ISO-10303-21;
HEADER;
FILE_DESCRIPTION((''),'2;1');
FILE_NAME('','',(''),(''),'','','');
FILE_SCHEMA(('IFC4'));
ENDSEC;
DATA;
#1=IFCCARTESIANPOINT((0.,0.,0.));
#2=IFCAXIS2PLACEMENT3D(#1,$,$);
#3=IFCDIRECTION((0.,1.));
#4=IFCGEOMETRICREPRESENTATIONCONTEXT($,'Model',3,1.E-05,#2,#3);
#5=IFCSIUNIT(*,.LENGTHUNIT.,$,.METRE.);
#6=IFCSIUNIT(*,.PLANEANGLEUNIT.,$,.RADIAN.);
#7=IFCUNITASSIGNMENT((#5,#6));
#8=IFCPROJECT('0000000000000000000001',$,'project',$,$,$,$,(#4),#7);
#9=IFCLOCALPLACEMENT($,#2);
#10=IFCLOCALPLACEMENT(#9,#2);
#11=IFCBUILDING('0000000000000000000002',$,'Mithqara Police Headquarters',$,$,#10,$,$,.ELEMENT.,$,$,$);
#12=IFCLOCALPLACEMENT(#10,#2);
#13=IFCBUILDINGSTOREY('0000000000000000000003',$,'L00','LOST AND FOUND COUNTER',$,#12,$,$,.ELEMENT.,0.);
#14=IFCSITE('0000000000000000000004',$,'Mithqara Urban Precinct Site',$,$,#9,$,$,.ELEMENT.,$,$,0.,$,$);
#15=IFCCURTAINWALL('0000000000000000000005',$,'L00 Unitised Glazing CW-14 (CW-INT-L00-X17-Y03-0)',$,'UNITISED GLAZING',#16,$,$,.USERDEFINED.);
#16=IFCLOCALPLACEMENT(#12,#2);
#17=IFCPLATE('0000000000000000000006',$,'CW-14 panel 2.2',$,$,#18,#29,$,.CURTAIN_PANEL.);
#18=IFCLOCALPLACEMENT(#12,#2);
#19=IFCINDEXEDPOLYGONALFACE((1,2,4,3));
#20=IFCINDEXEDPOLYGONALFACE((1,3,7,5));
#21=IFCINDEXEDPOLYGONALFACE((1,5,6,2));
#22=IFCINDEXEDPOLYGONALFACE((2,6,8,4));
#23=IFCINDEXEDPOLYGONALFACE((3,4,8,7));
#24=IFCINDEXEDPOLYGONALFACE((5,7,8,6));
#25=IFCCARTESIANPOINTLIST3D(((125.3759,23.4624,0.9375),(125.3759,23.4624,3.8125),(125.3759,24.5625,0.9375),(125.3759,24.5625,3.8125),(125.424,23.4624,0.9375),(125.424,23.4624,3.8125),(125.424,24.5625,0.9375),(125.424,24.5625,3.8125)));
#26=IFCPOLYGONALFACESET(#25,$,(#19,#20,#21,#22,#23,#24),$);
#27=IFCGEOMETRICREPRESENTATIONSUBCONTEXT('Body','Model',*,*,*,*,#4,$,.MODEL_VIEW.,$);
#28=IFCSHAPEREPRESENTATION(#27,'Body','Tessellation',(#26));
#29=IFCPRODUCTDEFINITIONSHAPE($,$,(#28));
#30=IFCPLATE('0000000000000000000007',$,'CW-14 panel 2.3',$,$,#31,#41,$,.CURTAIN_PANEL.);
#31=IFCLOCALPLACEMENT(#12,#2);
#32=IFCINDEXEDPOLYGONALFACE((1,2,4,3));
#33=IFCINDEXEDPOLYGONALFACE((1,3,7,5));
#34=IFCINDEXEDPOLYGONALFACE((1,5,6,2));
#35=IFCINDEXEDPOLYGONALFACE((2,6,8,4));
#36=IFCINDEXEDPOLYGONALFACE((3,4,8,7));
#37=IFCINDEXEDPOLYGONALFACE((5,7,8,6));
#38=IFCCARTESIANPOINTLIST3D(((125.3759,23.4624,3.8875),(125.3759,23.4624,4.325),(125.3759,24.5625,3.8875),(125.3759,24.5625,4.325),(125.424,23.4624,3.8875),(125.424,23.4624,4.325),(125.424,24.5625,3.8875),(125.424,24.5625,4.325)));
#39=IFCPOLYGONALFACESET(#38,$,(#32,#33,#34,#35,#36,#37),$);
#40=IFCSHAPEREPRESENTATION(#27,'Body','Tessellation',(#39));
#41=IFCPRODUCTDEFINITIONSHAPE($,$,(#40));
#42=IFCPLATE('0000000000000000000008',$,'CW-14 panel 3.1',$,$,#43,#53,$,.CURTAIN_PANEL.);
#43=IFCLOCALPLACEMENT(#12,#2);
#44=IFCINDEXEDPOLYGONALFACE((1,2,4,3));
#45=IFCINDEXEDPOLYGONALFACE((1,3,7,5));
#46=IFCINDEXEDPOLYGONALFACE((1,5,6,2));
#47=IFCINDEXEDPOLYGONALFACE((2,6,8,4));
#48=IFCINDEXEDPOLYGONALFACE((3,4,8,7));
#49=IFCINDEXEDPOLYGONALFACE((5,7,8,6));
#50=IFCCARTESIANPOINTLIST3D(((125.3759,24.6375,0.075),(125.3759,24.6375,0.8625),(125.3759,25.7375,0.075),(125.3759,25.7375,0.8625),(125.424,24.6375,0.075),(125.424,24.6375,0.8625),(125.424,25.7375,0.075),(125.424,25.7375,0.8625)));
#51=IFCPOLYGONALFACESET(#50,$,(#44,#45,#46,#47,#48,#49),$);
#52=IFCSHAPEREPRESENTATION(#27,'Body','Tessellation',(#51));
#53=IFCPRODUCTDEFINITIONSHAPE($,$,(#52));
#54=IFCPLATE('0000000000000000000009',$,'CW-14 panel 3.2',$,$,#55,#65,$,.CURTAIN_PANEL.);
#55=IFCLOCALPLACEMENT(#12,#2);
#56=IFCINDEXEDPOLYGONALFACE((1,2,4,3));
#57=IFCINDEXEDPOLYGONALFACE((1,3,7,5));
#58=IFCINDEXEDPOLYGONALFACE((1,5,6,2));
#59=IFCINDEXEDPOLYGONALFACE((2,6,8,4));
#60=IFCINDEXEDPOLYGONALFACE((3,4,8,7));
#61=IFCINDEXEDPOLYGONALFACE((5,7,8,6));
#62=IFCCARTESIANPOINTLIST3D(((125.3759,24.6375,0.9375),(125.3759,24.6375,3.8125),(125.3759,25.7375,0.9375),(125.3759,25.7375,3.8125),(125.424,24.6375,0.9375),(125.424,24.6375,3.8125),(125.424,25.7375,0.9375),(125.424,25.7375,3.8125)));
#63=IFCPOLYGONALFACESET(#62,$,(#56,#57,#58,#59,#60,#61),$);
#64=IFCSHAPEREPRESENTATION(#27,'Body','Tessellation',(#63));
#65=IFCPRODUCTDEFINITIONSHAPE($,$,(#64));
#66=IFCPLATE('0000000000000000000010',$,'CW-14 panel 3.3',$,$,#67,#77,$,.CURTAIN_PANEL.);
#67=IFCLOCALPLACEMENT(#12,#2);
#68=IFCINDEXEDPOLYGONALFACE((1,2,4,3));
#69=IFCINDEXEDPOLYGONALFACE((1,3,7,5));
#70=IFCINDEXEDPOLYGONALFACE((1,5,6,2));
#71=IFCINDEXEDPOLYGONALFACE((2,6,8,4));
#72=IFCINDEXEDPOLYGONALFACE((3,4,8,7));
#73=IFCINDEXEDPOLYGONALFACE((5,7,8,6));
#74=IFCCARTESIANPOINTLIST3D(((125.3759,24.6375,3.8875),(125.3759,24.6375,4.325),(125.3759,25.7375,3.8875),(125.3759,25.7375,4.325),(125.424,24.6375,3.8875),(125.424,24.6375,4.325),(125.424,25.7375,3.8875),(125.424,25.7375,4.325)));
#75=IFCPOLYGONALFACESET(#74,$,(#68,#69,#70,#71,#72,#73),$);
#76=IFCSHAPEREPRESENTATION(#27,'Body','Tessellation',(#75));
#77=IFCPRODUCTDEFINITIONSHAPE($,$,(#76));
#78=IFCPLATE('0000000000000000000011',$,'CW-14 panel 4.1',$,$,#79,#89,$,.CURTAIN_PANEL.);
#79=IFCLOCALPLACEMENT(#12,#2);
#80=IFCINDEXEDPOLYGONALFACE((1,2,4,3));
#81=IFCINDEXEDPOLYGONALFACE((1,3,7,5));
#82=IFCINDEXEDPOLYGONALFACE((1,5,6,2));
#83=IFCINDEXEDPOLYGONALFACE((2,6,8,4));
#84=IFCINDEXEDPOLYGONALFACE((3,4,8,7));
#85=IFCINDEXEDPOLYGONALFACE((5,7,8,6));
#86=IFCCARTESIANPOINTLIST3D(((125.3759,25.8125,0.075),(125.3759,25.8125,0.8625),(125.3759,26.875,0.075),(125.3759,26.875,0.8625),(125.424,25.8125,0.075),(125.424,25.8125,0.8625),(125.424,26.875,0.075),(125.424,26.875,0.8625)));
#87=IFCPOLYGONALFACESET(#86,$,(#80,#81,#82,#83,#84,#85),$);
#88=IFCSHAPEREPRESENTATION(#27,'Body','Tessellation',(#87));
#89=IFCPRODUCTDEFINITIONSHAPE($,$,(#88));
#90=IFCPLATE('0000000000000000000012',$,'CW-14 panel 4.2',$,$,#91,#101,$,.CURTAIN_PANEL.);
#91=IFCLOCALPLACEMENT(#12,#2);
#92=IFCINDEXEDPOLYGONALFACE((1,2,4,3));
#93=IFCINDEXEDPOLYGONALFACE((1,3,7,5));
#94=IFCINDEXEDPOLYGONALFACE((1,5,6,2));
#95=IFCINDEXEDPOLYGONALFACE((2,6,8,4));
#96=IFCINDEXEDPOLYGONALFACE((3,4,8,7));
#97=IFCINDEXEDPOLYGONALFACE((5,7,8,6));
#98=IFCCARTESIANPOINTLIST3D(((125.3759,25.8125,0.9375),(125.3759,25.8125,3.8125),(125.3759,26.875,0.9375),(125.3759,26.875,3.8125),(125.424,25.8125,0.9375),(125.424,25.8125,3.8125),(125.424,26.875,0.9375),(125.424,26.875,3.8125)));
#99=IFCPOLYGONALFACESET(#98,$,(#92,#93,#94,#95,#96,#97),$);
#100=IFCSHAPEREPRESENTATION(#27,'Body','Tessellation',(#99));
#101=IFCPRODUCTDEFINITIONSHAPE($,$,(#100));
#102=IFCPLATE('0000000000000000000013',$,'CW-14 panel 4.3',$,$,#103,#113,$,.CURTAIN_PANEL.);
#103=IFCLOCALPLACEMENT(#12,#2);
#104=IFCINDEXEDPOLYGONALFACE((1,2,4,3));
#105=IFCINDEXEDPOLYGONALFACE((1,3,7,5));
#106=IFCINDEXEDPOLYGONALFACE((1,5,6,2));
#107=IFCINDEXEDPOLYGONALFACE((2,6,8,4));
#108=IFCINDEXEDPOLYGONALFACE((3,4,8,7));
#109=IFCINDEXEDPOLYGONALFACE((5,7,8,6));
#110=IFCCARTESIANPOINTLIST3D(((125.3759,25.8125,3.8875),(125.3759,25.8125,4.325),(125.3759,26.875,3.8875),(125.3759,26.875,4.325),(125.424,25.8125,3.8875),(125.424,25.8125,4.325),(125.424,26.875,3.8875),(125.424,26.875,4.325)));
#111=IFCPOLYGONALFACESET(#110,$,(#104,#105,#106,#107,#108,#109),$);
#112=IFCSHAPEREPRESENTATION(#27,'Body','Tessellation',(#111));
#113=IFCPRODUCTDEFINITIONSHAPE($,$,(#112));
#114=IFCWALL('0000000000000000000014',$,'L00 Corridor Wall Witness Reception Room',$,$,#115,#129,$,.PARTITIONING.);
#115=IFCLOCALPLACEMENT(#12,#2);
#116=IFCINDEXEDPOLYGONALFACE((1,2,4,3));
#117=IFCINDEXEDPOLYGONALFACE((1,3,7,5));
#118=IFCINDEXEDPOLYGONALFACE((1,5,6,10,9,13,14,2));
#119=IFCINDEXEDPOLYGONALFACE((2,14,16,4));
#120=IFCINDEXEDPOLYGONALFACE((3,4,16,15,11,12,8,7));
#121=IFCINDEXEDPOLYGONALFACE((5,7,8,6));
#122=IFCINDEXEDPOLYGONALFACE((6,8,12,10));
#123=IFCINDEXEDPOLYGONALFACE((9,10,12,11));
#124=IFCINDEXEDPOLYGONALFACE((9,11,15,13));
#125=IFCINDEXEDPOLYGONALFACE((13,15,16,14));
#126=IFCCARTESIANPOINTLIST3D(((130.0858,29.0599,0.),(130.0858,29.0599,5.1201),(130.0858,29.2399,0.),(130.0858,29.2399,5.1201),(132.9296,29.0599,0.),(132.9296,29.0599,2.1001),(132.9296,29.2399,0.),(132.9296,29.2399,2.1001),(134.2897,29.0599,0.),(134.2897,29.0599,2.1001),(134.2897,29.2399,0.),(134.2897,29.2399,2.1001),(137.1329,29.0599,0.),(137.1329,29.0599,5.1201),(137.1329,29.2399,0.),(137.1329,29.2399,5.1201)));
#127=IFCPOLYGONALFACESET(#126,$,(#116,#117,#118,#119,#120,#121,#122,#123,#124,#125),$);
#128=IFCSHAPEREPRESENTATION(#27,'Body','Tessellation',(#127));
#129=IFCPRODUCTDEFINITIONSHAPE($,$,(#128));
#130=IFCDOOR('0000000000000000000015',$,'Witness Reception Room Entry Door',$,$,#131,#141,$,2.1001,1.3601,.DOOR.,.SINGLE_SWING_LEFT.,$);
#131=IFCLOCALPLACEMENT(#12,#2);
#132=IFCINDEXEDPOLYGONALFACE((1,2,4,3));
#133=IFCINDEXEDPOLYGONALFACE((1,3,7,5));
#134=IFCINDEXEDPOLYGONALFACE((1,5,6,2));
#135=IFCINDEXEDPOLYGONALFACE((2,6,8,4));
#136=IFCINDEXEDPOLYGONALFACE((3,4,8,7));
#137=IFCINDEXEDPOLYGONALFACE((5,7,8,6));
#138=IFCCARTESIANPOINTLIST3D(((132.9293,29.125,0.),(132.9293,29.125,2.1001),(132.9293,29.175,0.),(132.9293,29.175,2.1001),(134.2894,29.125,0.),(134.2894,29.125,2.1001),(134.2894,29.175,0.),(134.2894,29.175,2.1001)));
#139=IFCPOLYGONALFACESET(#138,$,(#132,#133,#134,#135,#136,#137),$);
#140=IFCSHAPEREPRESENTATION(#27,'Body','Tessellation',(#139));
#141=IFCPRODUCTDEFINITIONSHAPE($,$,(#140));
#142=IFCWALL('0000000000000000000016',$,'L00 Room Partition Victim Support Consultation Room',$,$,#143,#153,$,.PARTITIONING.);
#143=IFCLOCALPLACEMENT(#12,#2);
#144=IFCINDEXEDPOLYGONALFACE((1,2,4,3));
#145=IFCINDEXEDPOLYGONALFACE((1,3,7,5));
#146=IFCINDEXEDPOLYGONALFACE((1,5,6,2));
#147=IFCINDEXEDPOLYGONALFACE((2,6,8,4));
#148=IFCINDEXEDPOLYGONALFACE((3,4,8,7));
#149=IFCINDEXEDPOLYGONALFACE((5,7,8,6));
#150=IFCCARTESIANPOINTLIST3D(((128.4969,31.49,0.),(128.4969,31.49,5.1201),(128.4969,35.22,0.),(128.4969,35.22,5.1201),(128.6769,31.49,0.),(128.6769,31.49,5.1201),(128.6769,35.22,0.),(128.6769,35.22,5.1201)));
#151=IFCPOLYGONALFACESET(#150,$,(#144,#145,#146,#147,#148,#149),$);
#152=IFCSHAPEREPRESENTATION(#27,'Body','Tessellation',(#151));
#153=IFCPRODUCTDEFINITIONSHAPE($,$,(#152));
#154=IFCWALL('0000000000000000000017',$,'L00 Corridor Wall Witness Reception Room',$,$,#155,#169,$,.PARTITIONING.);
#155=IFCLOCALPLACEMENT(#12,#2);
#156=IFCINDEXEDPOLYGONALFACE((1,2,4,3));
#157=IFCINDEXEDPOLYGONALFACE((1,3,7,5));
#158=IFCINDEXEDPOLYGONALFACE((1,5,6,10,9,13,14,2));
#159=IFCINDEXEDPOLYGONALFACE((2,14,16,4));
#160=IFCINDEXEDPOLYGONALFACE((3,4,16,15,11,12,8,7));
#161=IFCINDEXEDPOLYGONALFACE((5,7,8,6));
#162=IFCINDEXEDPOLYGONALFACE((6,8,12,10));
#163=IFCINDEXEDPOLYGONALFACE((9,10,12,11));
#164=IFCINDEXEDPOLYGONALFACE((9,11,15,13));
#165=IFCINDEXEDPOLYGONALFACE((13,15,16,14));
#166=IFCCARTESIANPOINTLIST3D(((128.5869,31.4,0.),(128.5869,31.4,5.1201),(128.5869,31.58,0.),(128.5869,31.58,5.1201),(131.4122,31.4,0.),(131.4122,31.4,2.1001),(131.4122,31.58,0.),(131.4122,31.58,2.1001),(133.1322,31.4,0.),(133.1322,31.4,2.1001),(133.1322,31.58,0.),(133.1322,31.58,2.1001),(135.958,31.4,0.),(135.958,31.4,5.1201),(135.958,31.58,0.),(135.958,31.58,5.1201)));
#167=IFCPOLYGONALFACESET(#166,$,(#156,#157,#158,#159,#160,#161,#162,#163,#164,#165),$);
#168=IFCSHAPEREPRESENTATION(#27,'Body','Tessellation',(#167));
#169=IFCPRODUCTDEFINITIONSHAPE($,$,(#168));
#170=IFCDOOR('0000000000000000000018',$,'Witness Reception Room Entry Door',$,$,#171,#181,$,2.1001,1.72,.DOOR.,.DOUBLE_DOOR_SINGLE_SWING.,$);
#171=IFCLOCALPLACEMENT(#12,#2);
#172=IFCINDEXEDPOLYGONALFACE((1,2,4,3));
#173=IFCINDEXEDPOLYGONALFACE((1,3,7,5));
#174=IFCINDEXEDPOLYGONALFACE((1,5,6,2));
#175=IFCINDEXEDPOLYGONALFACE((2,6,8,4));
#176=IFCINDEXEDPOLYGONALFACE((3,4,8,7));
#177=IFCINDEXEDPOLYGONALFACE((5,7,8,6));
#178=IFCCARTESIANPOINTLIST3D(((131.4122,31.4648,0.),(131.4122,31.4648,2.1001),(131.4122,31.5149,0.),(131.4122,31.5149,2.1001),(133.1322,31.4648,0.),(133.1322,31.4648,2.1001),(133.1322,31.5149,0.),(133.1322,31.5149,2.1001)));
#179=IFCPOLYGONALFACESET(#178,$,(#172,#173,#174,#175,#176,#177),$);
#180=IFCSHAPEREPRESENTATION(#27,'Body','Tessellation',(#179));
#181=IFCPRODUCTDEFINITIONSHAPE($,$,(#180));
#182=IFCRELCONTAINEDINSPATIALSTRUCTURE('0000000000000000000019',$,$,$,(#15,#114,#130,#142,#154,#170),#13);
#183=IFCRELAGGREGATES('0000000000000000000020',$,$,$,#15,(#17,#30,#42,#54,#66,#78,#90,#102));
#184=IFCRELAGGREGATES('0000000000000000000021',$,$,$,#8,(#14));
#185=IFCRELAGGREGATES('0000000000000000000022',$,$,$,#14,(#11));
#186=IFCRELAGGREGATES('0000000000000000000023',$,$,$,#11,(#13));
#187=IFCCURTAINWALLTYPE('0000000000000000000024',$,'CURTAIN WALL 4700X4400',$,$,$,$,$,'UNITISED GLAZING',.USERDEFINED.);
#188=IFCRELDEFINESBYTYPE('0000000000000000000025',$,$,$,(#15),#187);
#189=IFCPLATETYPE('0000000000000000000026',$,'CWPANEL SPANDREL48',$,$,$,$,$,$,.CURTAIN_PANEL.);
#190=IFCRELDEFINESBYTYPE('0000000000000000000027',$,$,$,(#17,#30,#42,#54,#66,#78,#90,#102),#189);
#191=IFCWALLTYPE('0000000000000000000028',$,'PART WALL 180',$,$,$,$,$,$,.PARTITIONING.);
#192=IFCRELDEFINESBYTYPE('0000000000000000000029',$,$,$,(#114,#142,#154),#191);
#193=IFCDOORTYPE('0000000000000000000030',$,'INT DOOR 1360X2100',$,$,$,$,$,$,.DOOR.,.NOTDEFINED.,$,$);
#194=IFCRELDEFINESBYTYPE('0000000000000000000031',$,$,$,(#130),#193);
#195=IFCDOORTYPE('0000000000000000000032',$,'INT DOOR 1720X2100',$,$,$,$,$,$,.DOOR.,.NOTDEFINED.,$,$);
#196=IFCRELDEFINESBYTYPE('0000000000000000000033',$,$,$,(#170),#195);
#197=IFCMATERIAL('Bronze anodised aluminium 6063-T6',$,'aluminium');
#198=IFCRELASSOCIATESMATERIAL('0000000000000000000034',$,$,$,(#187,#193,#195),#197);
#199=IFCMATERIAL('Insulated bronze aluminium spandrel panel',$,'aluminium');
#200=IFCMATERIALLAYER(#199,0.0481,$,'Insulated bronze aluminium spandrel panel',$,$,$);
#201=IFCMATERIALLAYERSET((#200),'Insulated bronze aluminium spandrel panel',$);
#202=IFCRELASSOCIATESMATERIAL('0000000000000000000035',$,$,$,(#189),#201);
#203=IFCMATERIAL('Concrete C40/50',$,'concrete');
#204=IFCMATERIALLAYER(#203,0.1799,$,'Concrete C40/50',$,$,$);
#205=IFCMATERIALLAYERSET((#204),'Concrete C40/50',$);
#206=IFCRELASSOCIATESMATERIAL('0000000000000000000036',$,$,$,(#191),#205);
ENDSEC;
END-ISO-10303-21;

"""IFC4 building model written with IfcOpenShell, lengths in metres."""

from ifc_helpers import new_model, si_unit, direction, frame, frame_2d, origin, origin_2d, place, context, subcontext, project, spatial, rectangle, extrude, material, layer, layer_set, type_object, element, fill, aggregate, save


model = new_model("IFC4")

# Units and contexts
model_context = context("Model", 3, precision=1e-05, world=origin(), true_north=direction((0.0, 1.0)))
body_context = subcontext(model_context, "Body", "Model", "MODEL_VIEW")
ifc_project = project(units=[si_unit("LENGTHUNIT", "METRE"), si_unit("PLANEANGLEUNIT", "RADIAN")], contexts=[model_context])

# Site, building, storey
site_placement = place(None, origin())
site = spatial("IfcSite", under=ifc_project, at=site_placement, Name="Mithqara Urban Precinct Site", CompositionType="ELEMENT", RefElevation=0.0)
building_placement = place(site_placement, origin())
building = spatial("IfcBuilding", under=site, at=building_placement, Name="Mithqara Police Headquarters", CompositionType="ELEMENT")
storey_placement = place(building_placement, origin())
storey = spatial("IfcBuildingStorey", under=building, at=storey_placement, Name="L00", Description="LOST AND FOUND COUNTER", CompositionType="ELEMENT", Elevation=0.0)

# Shared definitions
ifc_material_1 = material(Name="Concrete C40/50", Category="concrete")

# Curtain wall, plates
ifc_material_2 = material(Name="Bronze anodised aluminium 6063-T6", Category="aluminium")
curtain_wall_type = type_object("IfcCurtainWallType", Name="CURTAIN WALL 4700X4400", ElementType="UNITISED GLAZING", PredefinedType="USERDEFINED", material=ifc_material_2)
curtain_wall_placement = place(storey_placement, origin())
curtain_wall = element("IfcCurtainWall", 1, at=curtain_wall_placement, inside=storey, type_object=curtain_wall_type, Name="L00 Unitised Glazing CW-14 (CW-INT-L00-X17-Y03-0)", ObjectType="UNITISED GLAZING", PredefinedType="USERDEFINED")
ifc_material_3 = material(Name="Insulated bronze aluminium spandrel panel", Category="aluminium")
ifc_layer_1 = layer(ifc_material_3, 0.0481, Name="Insulated bronze aluminium spandrel panel")
ifc_layer_set_1 = layer_set([ifc_layer_1], Name="Insulated bronze aluminium spandrel panel")
plate_type = type_object("IfcPlateType", Name="CWPANEL SPANDREL48", PredefinedType="CURTAIN_PANEL", material=ifc_layer_set_1)
plate_1_placement = place(storey_placement, frame((125.3999, 24.0125, 0.9375), z_axis=(0.0, 0.0, 1.0), x_axis=(0.0, 1.0, 0.0)))
plate_1 = element("IfcPlate", 2, at=plate_1_placement, type_object=plate_type, Name="CW-14 panel 2.2", PredefinedType="CURTAIN_PANEL", context=body_context, shape_type="SweptSolid", body=[
    extrude(rectangle(XDim=1.1001, YDim=0.0481, at=origin_2d()), origin(), (0.0, 0.0, 1.0), 2.875),
])
plate_2_placement = place(storey_placement, frame((125.3999, 24.0125, 3.8875), z_axis=(0.0, 0.0, 1.0), x_axis=(0.0, 1.0, 0.0)))
plate_2 = element("IfcPlate", 3, at=plate_2_placement, type_object=plate_type, Name="CW-14 panel 2.3", PredefinedType="CURTAIN_PANEL", context=body_context, shape_type="SweptSolid", body=[
    extrude(rectangle(XDim=1.1001, YDim=0.0481, at=origin_2d()), origin(), (0.0, 0.0, 1.0), 0.4375),
])
plate_3_placement = place(storey_placement, frame((125.3999, 25.1875, 0.075), z_axis=(0.0, 0.0, 1.0), x_axis=(0.0, 1.0, 0.0)))
plate_3 = element("IfcPlate", 4, at=plate_3_placement, type_object=plate_type, Name="CW-14 panel 3.1", PredefinedType="CURTAIN_PANEL", context=body_context, shape_type="SweptSolid", body=[
    extrude(rectangle(XDim=1.1001, YDim=0.0481, at=origin_2d()), origin(), (0.0, 0.0, 1.0), 0.7876),
])
plate_4_placement = place(storey_placement, frame((125.3999, 25.1875, 0.9375), z_axis=(0.0, 0.0, 1.0), x_axis=(0.0, 1.0, 0.0)))
plate_4 = element("IfcPlate", 5, at=plate_4_placement, type_object=plate_type, Name="CW-14 panel 3.2", PredefinedType="CURTAIN_PANEL", context=body_context, shape_type="SweptSolid", body=[
    extrude(rectangle(XDim=1.1001, YDim=0.0481, at=origin_2d()), origin(), (0.0, 0.0, 1.0), 2.875),
])
plate_5_placement = place(storey_placement, frame((125.3999, 25.1875, 3.8875), z_axis=(0.0, 0.0, 1.0), x_axis=(0.0, 1.0, 0.0)))
plate_5 = element("IfcPlate", 6, at=plate_5_placement, type_object=plate_type, Name="CW-14 panel 3.3", PredefinedType="CURTAIN_PANEL", context=body_context, shape_type="SweptSolid", body=[
    extrude(rectangle(XDim=1.1001, YDim=0.0481, at=origin_2d()), origin(), (0.0, 0.0, 1.0), 0.4375),
])
plate_6_placement = place(storey_placement, frame((125.3999, 26.3438, 0.075), z_axis=(0.0, 0.0, 1.0), x_axis=(0.0, 1.0, 0.0)))
plate_6 = element("IfcPlate", 7, at=plate_6_placement, type_object=plate_type, Name="CW-14 panel 4.1", PredefinedType="CURTAIN_PANEL", context=body_context, shape_type="SweptSolid", body=[
    extrude(rectangle(XDim=1.0625, YDim=0.0481, at=origin_2d()), origin(), (0.0, 0.0, 1.0), 0.7876),
])
plate_7_placement = place(storey_placement, frame((125.3999, 26.3438, 0.9375), z_axis=(0.0, 0.0, 1.0), x_axis=(0.0, 1.0, 0.0)))
plate_7 = element("IfcPlate", 8, at=plate_7_placement, type_object=plate_type, Name="CW-14 panel 4.2", PredefinedType="CURTAIN_PANEL", context=body_context, shape_type="SweptSolid", body=[
    extrude(rectangle(XDim=1.0625, YDim=0.0481, at=origin_2d()), origin(), (0.0, 0.0, 1.0), 2.875),
])
plate_8_placement = place(storey_placement, frame((125.3999, 26.3438, 3.8875), z_axis=(0.0, 0.0, 1.0), x_axis=(0.0, 1.0, 0.0)))
plate_8 = element("IfcPlate", 9, at=plate_8_placement, type_object=plate_type, Name="CW-14 panel 4.3", PredefinedType="CURTAIN_PANEL", context=body_context, shape_type="SweptSolid", body=[
    extrude(rectangle(XDim=1.0625, YDim=0.0481, at=origin_2d()), origin(), (0.0, 0.0, 1.0), 0.4375),
])
aggregate(curtain_wall, [plate_1, plate_2, plate_3, plate_4, plate_5, plate_6, plate_7, plate_8])

# Wall, opening, door
ifc_layer_2 = layer(ifc_material_1, 0.1799, Name="Concrete C40/50")
ifc_layer_set_2 = layer_set([ifc_layer_2], Name="Concrete C40/50")
wall_type = type_object("IfcWallType", Name="PART WALL 180", PredefinedType="PARTITIONING", material=ifc_layer_set_2)
wall_1_placement = place(storey_placement, frame((130.0859, 29.1499, 0.0), z_axis=(0.0, 0.0, 1.0), x_axis=(1.0, 0.0, 0.0)))
wall_1 = element("IfcWall", 10, at=wall_1_placement, inside=storey, type_object=wall_type, Name="L00 Corridor Wall Witness Reception Room", PredefinedType="PARTITIONING", context=body_context, shape_type="SweptSolid", body=[
    extrude(rectangle(XDim=7.0471, YDim=0.1799, at=frame_2d((3.5234, 0.0))), origin(), (0.0, 0.0, 1.0), 5.1201),
])
opening_1_placement = place(wall_1_placement, frame((2.8435, 0.0, 0.0)))
opening_1 = element("IfcOpeningElement", 11, at=opening_1_placement, cuts=wall_1, PredefinedType="OPENING", context=body_context, shape_type="SweptSolid", body=[
    extrude(rectangle(XDim=1.3601, YDim=2.1001, at=frame_2d((0.6802, 1.05))), frame((0.0, 0.1001, 0.0), z_axis=(0.0, -1.0, 0.0), x_axis=(1.0, 0.0, 0.0)), (0.0, 0.0, 1.0), 0.2),
])
door_type_1 = type_object("IfcDoorType", Name="INT DOOR 1360X2100", OperationType="NOTDEFINED", PredefinedType="DOOR", material=ifc_material_2)
door_1_placement = place(opening_1_placement, frame((1.3601, 0.0, 0.0), z_axis=(0.0, 0.0, 1.0), x_axis=(-1.0, 0.0, 0.0)))
door_1 = element("IfcDoor", 12, at=door_1_placement, inside=storey, type_object=door_type_1, Name="Witness Reception Room Entry Door", OperationType="SINGLE_SWING_LEFT", OverallHeight=2.1001, OverallWidth=1.3601, PredefinedType="DOOR", context=body_context, shape_type="SweptSolid", body=[
    extrude(rectangle(XDim=1.3601, YDim=2.1001, at=frame_2d((0.6802, 1.05))), frame((0.0, 0.0249, 0.0), z_axis=(0.0, -1.0, 0.0), x_axis=(1.0, 0.0, 0.0)), (0.0, 0.0, 1.0), 0.05),
])
fill(opening_1, door_1)

# Wall
wall_2_placement = place(storey_placement, frame((128.5869, 31.49, 0.0), z_axis=(0.0, 0.0, 1.0), x_axis=(0.0, 1.0, 0.0)))
element("IfcWall", 13, at=wall_2_placement, inside=storey, type_object=wall_type, Name="L00 Room Partition Victim Support Consultation Room", PredefinedType="PARTITIONING", context=body_context, shape_type="SweptSolid", body=[
    extrude(rectangle(XDim=3.73, YDim=0.1799, at=frame_2d((1.865, 0.0))), origin(), (0.0, 0.0, 1.0), 5.1201),
])

# Wall, opening, door
wall_3_placement = place(storey_placement, frame((128.5869, 31.49, 0.0), z_axis=(0.0, 0.0, 1.0), x_axis=(1.0, 0.0, 0.0)))
wall_3 = element("IfcWall", 14, at=wall_3_placement, inside=storey, type_object=wall_type, Name="L00 Corridor Wall Witness Reception Room", PredefinedType="PARTITIONING", context=body_context, shape_type="SweptSolid", body=[
    extrude(rectangle(XDim=7.3711, YDim=0.1799, at=frame_2d((3.6855, 0.0))), origin(), (0.0, 0.0, 1.0), 5.1201),
])
opening_2_placement = place(wall_3_placement, frame((2.8254, 0.0, 0.0)))
opening_2 = element("IfcOpeningElement", 15, at=opening_2_placement, cuts=wall_3, PredefinedType="OPENING", context=body_context, shape_type="SweptSolid", body=[
    extrude(rectangle(XDim=1.72, YDim=2.1001, at=frame_2d((0.8599, 1.05))), frame((0.0, 0.1001, 0.0), z_axis=(0.0, -1.0, 0.0), x_axis=(1.0, 0.0, 0.0)), (0.0, 0.0, 1.0), 0.2),
])
door_type_2 = type_object("IfcDoorType", Name="INT DOOR 1720X2100", OperationType="NOTDEFINED", PredefinedType="DOOR", material=ifc_material_2)
door_2_placement = place(opening_2_placement, origin())
door_2 = element("IfcDoor", 16, at=door_2_placement, inside=storey, type_object=door_type_2, Name="Witness Reception Room Entry Door", OperationType="DOUBLE_DOOR_SINGLE_SWING", OverallHeight=2.1001, OverallWidth=1.72, PredefinedType="DOOR", context=body_context, shape_type="SweptSolid", body=[
    extrude(rectangle(XDim=1.72, YDim=2.1001, at=frame_2d((0.8599, 1.05))), frame((0.0, 0.0249, 0.0), z_axis=(0.0, -1.0, 0.0), x_axis=(1.0, 0.0, 0.0)), (0.0, 0.0, 1.0), 0.05),
])
fill(opening_2, door_2)

save(model, "model.ifc")
